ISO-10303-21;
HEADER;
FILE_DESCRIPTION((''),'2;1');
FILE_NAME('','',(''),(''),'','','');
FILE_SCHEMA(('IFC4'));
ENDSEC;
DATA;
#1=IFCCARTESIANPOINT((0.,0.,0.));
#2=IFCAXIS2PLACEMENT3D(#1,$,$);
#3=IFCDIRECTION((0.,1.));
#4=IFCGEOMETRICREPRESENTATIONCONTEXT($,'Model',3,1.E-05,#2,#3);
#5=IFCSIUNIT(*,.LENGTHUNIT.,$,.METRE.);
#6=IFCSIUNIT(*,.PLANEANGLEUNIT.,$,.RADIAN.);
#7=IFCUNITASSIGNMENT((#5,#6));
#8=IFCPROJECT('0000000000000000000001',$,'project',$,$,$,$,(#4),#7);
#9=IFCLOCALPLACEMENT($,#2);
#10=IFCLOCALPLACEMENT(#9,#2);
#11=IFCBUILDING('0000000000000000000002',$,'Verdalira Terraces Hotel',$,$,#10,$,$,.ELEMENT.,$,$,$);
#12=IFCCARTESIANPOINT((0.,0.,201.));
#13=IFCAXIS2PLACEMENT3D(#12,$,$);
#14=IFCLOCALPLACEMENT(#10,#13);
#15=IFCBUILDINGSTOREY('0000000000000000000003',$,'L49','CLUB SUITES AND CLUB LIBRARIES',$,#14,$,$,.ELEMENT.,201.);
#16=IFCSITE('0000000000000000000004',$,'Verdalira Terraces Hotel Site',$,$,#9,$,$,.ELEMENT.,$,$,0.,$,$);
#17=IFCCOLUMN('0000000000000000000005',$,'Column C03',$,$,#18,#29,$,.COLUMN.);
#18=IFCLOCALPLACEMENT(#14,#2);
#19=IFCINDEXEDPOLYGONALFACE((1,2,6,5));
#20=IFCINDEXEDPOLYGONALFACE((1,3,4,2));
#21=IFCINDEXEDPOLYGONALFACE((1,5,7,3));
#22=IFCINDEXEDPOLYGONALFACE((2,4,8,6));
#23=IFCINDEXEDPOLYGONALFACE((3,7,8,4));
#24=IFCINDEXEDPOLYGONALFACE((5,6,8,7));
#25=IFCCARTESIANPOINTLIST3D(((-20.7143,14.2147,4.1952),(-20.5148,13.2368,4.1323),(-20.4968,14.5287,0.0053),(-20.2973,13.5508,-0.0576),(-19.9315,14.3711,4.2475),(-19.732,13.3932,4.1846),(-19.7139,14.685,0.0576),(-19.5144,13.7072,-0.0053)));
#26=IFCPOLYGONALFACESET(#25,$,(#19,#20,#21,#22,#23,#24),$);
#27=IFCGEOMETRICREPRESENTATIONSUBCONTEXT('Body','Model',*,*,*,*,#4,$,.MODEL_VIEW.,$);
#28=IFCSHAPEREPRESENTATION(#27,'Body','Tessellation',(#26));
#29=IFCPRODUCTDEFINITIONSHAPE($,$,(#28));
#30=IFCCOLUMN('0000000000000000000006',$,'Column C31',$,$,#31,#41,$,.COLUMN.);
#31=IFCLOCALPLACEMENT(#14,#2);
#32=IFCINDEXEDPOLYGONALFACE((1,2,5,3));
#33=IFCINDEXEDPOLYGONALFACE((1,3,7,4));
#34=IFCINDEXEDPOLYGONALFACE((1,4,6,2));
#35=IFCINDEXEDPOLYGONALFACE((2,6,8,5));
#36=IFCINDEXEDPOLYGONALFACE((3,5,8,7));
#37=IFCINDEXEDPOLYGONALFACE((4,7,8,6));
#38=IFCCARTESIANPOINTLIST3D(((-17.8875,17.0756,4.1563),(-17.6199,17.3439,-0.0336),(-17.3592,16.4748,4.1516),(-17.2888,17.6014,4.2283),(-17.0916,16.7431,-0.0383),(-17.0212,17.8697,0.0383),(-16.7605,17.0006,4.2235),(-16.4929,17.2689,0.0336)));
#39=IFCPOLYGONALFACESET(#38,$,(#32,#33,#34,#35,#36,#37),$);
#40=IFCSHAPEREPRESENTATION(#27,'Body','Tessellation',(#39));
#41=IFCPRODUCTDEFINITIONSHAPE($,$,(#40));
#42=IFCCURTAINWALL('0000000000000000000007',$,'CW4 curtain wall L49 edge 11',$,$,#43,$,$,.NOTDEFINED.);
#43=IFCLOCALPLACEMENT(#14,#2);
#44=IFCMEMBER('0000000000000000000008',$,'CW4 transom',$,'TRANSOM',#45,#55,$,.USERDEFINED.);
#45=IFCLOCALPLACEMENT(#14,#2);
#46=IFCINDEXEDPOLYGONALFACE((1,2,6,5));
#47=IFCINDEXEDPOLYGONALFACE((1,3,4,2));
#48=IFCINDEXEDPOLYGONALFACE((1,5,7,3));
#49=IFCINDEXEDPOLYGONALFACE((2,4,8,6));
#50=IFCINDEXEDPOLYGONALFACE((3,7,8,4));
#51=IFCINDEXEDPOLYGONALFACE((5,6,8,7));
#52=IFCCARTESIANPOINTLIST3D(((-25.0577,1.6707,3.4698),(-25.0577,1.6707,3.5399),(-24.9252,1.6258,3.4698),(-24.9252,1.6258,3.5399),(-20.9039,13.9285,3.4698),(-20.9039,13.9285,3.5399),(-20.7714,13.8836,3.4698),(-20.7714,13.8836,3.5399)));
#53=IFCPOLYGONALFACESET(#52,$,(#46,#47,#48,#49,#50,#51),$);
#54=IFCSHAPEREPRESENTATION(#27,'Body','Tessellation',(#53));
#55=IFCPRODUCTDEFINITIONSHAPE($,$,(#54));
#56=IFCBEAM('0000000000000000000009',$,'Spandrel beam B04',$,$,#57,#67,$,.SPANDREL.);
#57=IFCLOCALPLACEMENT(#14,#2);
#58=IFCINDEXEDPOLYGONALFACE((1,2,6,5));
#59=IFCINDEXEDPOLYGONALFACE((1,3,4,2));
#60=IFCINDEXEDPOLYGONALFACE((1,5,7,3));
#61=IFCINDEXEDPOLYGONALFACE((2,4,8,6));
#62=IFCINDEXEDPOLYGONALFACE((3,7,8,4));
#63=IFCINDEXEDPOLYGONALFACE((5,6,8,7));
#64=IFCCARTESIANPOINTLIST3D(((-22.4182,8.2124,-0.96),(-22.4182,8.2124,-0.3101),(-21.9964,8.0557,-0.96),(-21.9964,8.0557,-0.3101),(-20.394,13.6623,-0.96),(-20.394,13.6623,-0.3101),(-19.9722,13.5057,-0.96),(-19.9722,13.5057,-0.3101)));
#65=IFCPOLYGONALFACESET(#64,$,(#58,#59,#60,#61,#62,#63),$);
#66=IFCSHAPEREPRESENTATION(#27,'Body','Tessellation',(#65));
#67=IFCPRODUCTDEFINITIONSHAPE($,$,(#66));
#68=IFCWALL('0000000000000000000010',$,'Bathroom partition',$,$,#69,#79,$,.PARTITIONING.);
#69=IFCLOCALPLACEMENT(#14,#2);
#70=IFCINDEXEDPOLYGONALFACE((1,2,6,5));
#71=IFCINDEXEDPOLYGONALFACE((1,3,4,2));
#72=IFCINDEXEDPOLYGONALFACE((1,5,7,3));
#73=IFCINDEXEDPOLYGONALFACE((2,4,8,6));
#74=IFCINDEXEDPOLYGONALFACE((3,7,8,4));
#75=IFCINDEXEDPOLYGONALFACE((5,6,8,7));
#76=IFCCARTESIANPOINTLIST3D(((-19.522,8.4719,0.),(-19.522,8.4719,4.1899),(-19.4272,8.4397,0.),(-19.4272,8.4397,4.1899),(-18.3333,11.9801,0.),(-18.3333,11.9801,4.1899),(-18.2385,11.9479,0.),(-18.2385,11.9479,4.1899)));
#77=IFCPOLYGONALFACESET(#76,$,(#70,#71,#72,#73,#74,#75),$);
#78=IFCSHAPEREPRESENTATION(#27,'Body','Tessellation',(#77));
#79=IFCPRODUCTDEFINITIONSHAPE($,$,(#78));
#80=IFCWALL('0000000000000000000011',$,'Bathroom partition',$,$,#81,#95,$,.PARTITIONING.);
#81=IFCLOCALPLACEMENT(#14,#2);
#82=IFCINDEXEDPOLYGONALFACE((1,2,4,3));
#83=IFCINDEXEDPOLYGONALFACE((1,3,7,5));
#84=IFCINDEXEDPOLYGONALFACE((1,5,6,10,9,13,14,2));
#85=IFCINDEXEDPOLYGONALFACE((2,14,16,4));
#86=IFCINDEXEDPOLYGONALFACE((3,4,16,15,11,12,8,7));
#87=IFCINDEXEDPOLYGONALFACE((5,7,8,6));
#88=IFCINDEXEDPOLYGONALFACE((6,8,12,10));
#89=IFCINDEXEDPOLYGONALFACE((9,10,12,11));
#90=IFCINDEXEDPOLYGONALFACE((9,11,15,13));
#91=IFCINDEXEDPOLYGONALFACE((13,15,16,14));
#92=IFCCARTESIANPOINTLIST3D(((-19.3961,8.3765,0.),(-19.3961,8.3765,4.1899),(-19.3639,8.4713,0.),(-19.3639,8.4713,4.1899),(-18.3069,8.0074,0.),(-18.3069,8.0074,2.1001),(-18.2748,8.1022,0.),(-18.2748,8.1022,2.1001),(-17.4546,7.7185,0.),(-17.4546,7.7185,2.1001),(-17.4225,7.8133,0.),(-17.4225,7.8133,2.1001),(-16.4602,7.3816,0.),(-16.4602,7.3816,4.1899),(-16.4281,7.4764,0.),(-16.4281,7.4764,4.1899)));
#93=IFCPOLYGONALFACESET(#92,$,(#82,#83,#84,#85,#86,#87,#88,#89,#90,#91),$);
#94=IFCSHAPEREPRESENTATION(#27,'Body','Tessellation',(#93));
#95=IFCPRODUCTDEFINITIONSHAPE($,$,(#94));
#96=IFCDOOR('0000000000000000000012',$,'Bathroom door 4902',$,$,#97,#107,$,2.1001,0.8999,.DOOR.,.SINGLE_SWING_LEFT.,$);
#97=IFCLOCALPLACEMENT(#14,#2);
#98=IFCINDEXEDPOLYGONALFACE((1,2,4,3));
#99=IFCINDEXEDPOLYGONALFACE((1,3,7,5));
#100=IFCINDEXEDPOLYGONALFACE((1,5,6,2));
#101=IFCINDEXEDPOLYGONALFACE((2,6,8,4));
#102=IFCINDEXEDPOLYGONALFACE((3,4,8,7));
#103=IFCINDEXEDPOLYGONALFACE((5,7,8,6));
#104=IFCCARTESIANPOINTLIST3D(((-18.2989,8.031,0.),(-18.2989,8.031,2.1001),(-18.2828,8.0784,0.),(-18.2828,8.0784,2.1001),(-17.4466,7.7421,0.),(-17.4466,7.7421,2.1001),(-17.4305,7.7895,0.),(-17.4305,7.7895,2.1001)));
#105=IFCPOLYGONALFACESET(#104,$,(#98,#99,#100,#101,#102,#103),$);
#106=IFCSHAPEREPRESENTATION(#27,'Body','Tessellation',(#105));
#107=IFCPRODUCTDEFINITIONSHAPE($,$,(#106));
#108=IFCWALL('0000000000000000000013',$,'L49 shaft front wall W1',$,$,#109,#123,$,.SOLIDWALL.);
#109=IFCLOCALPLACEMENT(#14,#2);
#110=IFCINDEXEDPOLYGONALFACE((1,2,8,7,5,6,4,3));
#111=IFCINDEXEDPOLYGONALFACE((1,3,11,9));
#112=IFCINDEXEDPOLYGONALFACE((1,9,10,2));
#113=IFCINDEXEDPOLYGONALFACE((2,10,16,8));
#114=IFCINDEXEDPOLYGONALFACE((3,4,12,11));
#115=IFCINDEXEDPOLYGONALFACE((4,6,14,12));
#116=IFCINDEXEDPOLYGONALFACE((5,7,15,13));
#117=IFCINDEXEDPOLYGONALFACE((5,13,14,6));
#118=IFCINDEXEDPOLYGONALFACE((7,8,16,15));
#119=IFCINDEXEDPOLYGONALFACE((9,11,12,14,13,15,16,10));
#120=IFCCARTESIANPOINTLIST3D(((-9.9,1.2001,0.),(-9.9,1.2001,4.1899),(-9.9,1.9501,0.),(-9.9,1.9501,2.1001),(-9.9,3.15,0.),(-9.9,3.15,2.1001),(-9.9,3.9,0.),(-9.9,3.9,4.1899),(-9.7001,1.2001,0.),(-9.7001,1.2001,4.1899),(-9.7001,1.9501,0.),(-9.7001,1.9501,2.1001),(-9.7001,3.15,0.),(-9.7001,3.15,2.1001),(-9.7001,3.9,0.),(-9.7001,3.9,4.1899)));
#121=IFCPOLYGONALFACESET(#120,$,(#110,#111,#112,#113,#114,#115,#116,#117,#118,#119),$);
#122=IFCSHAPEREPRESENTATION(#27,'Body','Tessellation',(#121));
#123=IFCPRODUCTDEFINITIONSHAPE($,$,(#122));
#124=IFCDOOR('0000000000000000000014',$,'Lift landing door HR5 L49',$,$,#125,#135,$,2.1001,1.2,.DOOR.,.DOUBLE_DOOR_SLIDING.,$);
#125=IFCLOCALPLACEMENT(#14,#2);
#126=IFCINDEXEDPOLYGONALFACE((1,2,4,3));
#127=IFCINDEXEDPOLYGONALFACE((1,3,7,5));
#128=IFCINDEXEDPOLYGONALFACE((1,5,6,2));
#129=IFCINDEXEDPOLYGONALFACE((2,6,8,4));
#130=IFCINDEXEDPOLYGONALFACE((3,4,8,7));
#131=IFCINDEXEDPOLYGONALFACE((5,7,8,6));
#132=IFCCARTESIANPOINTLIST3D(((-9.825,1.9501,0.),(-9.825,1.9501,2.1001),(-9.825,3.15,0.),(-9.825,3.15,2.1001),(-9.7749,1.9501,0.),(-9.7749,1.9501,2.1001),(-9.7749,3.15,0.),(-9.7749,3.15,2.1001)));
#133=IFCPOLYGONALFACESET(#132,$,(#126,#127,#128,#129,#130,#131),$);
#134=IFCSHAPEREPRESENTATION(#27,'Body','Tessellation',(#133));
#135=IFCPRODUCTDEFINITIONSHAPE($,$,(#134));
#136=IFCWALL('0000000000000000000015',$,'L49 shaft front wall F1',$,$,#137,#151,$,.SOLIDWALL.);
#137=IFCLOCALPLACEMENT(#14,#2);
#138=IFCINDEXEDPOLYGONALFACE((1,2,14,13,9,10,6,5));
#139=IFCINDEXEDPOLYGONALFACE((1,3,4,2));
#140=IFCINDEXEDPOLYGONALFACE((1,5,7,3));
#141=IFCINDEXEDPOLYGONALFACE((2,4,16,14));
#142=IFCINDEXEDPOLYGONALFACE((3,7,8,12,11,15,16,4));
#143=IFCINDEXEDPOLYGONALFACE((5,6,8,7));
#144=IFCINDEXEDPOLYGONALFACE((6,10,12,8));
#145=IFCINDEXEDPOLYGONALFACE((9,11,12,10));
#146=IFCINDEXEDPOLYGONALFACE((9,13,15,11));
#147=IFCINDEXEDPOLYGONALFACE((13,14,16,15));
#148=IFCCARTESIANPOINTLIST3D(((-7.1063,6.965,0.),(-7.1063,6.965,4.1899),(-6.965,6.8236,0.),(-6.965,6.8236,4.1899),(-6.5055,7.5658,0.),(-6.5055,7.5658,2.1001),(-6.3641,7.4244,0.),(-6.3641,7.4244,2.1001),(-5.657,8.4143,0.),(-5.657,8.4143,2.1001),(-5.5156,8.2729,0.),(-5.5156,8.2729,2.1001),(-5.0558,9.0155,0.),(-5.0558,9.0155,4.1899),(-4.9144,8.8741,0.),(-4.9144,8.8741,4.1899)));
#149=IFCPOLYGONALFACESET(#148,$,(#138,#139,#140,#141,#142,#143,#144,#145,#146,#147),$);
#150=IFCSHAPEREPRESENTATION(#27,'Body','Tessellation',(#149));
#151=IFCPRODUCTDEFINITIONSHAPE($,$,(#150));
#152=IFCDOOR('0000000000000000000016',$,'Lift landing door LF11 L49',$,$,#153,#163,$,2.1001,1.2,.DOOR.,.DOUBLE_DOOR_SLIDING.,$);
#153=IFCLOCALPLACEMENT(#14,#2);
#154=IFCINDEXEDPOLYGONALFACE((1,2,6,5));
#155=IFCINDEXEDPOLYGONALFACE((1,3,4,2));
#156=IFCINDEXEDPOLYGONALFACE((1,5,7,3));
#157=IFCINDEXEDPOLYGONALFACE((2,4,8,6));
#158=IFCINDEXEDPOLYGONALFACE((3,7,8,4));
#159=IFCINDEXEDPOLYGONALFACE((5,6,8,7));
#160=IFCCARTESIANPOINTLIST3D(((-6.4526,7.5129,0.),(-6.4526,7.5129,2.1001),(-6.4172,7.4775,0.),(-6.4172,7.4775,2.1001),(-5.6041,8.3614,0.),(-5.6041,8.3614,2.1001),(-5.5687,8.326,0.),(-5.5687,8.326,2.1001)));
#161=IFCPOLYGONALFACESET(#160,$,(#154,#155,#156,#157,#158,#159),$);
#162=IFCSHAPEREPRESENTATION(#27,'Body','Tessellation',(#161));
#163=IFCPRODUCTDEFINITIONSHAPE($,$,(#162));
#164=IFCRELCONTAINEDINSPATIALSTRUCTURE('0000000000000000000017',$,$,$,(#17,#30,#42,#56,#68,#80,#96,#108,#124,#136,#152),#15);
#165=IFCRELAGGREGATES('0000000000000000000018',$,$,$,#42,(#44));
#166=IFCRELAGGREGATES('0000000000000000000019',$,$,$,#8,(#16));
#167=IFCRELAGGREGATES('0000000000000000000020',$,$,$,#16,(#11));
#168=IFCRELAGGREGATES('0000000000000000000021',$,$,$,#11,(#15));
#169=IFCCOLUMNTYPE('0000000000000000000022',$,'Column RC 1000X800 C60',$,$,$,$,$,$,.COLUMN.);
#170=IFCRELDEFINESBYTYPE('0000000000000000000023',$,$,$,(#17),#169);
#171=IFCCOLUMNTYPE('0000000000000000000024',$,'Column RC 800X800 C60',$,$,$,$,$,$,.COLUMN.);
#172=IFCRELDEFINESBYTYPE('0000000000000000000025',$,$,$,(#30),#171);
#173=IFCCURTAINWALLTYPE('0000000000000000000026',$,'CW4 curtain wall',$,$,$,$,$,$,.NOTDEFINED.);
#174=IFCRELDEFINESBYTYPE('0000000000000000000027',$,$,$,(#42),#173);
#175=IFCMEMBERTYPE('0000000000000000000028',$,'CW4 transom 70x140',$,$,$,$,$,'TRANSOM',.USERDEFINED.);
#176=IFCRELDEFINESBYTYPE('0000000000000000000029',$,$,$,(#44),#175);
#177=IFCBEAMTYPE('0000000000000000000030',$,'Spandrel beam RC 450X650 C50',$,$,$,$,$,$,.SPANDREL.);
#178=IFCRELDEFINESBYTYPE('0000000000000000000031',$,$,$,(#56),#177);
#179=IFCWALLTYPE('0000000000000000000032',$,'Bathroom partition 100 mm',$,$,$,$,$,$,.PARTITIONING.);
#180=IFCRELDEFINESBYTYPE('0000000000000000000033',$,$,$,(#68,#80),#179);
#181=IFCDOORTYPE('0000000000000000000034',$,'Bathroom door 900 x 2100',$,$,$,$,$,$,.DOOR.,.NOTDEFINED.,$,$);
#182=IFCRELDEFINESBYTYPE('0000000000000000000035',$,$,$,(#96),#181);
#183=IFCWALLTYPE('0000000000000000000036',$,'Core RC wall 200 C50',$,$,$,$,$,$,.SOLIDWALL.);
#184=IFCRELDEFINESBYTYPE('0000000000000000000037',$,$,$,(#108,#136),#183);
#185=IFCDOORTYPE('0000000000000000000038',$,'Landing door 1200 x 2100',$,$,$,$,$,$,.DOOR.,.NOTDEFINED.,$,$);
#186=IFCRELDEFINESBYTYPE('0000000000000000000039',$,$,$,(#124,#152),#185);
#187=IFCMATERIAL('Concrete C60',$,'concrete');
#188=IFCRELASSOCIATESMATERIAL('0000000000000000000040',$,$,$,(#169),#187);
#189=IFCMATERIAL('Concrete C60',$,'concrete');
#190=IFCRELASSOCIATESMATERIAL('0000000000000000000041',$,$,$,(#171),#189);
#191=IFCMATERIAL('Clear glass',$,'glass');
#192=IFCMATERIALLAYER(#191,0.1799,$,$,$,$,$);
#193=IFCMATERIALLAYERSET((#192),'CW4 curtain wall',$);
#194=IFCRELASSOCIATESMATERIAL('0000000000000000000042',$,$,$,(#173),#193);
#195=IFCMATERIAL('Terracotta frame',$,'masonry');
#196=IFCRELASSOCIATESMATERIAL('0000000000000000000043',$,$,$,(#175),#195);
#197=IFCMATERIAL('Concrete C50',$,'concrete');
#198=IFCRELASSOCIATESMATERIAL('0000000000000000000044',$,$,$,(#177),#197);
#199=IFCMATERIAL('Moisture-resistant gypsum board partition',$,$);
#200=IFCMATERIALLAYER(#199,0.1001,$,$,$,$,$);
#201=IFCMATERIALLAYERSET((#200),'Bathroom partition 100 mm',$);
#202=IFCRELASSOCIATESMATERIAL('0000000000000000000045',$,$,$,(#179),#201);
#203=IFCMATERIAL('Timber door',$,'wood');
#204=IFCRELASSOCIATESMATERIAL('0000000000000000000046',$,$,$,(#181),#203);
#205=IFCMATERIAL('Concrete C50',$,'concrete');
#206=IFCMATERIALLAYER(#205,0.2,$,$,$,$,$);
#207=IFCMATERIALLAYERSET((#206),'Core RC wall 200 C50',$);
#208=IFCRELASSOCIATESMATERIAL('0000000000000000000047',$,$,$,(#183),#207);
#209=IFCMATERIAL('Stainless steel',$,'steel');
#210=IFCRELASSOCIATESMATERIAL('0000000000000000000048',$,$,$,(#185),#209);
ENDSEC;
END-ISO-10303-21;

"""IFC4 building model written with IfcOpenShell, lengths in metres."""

from ifc_helpers import new_model, si_unit, direction, frame, frame_2d, origin, origin_2d, place, context, subcontext, project, spatial, rectangle, extrude, material, layer, layer_set, material_profile, profile_set, type_object, element, fill, aggregate, save


model = new_model("IFC4")

# Units and contexts
model_context = context("Model", 3, precision=1e-05, world=origin(), true_north=direction((0.0, 1.0)))
body_context = subcontext(model_context, "Body", "Model", "MODEL_VIEW")
ifc_project = project(units=[si_unit("LENGTHUNIT", "METRE"), si_unit("PLANEANGLEUNIT", "RADIAN")], contexts=[model_context])

# Site, building, storey
site_placement = place(None, origin())
site = spatial("IfcSite", under=ifc_project, at=site_placement, Name="Verdalira Terraces Hotel Site", CompositionType="ELEMENT", RefElevation=0.0)
building_placement = place(site_placement, origin())
building = spatial("IfcBuilding", under=site, at=building_placement, Name="Verdalira Terraces Hotel", CompositionType="ELEMENT")
storey_placement = place(building_placement, frame((0.0, 0.0, 201.0)))
storey = spatial("IfcBuildingStorey", under=building, at=storey_placement, Name="L49", Description="CLUB SUITES AND CLUB LIBRARIES", CompositionType="ELEMENT", Elevation=201.0)

# Columns
ifc_material_1 = material(Name="Concrete C60", Category="concrete")
ifc_material_profile_1 = material_profile(ifc_material_1, rectangle(XDim=1.0, YDim=0.8, at=origin_2d()), Name="RC 1000X800")
ifc_profile_set_1 = profile_set([ifc_material_profile_1], Name="Concrete C60")
column_type_1 = type_object("IfcColumnType", Name="Column RC 1000X800 C60", PredefinedType="COLUMN", material=ifc_profile_set_1)
column_1_placement = place(storey_placement, frame((-20.0056, 14.1179, 0.0), z_axis=(-0.051703, -0.074624, 0.995871), x_axis=(-0.199508, 0.977874, 0.062917)))
element("IfcColumn", 1, at=column_1_placement, inside=storey, type_object=column_type_1, Name="Column C03", PredefinedType="COLUMN", context=body_context, shape_type="SweptSolid", body=[
    extrude(rectangle(XDim=1.0, YDim=0.8, at=origin_2d()), origin(), (0.0, 0.0, 1.0), 4.2073),
])
ifc_material_2 = material(Name="Concrete C60", Category="concrete")
ifc_material_profile_2 = material_profile(ifc_material_2, rectangle(XDim=0.8, YDim=0.8, at=origin_2d()), Name="RC 800X800")
ifc_profile_set_2 = profile_set([ifc_material_profile_2], Name="Concrete C60")
column_type_2 = type_object("IfcColumnType", Name="Column RC 800X800 C60", PredefinedType="COLUMN", material=ifc_profile_set_2)
column_2_placement = place(storey_placement, frame((-17.0564, 17.3064, 0.0), z_axis=(-0.063602, -0.063777, 0.995935), x_axis=(-0.660329, 0.750953, 0.005919)))
element("IfcColumn", 2, at=column_2_placement, inside=storey, type_object=column_type_2, Name="Column C31", PredefinedType="COLUMN", context=body_context, shape_type="SweptSolid", body=[
    extrude(rectangle(XDim=0.8, YDim=0.8, at=origin_2d()), origin(), (0.0, 0.0, 1.0), 4.207),
])

# Curtain wall, member
ifc_material_3 = material(Name="Clear glass", Category="glass")
ifc_layer_1 = layer(ifc_material_3, 0.1799)
ifc_layer_set_1 = layer_set([ifc_layer_1], Name="CW4 curtain wall")
curtain_wall_type = type_object("IfcCurtainWallType", Name="CW4 curtain wall", PredefinedType="NOTDEFINED", material=ifc_layer_set_1)
curtain_wall_placement = place(storey_placement, origin())
curtain_wall = element("IfcCurtainWall", 3, at=curtain_wall_placement, inside=storey, type_object=curtain_wall_type, Name="CW4 curtain wall L49 edge 11", PredefinedType="NOTDEFINED")
ifc_material_4 = material(Name="Terracotta frame", Category="masonry")
ifc_material_profile_3 = material_profile(ifc_material_4, rectangle(XDim=0.1399, YDim=0.0701, at=origin_2d()), Name="TR 70x140")
ifc_profile_set_3 = profile_set([ifc_material_profile_3], Name="Terracotta frame")
member_type = type_object("IfcMemberType", Name="CW4 transom 70x140", ElementType="TRANSOM", PredefinedType="USERDEFINED", material=ifc_profile_set_3)
member_placement = place(storey_placement, frame((-20.8376, 13.906, 3.5049), z_axis=(-0.320943, -0.947098, 0.0), x_axis=(0.947098, -0.320943, 0.0)))
member = element("IfcMember", 4, at=member_placement, type_object=member_type, Name="CW4 transom", ObjectType="TRANSOM", PredefinedType="USERDEFINED", context=body_context, shape_type="SweptSolid", body=[
    extrude(rectangle(XDim=0.1399, YDim=0.0701, at=origin_2d()), origin(), (0.0, 0.0, 1.0), 12.9424),
])
aggregate(curtain_wall, [member])

# Beam
ifc_material_5 = material(Name="Concrete C50", Category="concrete")
ifc_material_profile_4 = material_profile(ifc_material_5, rectangle(XDim=0.45, YDim=0.6499, at=origin_2d()), Name="RC 450X650")
ifc_profile_set_4 = profile_set([ifc_material_profile_4], Name="Concrete C50")
beam_type = type_object("IfcBeamType", Name="Spandrel beam RC 450X650 C50", PredefinedType="SPANDREL", material=ifc_profile_set_4)
beam_placement = place(storey_placement, frame((-20.1831, 13.584, -0.635), z_axis=(-0.348172, -0.937431, 0.0), x_axis=(0.937431, -0.348172, 0.0)))
element("IfcBeam", 5, at=beam_placement, inside=storey, type_object=beam_type, Name="Spandrel beam B04", PredefinedType="SPANDREL", context=body_context, shape_type="SweptSolid", body=[
    extrude(rectangle(XDim=0.45, YDim=0.6499, at=origin_2d()), origin(), (0.0, 0.0, 1.0), 5.8137),
])

# Wall
ifc_material_6 = material(Name="Moisture-resistant gypsum board partition")
ifc_layer_2 = layer(ifc_material_6, 0.1001)
ifc_layer_set_2 = layer_set([ifc_layer_2], Name="Bathroom partition 100 mm")
wall_type_1 = type_object("IfcWallType", Name="Bathroom partition 100 mm", PredefinedType="PARTITIONING", material=ifc_layer_set_2)
wall_1_placement = place(storey_placement, frame((-19.4746, 8.4558, 0.0), z_axis=(0.0, 0.0, 1.0), x_axis=(0.32091, 0.94711, 0.0)))
element("IfcWall", 6, at=wall_1_placement, inside=storey, type_object=wall_type_1, Name="Bathroom partition", PredefinedType="PARTITIONING", context=body_context, shape_type="SweptSolid", body=[
    extrude(rectangle(XDim=3.7041, YDim=0.1001, at=frame_2d((1.8521, 0.0))), origin(), (0.0, 0.0, 1.0), 4.1899),
])

# Walls, openings, doors
wall_2_placement = place(storey_placement, frame((-19.3799, 8.4238, 0.0), z_axis=(0.0, 0.0, 1.0), x_axis=(0.947096, -0.320949, 0.0)))
wall_2 = element("IfcWall", 7, at=wall_2_placement, inside=storey, type_object=wall_type_1, Name="Bathroom partition", PredefinedType="PARTITIONING", context=body_context, shape_type="SweptSolid", body=[
    extrude(rectangle(XDim=3.0999, YDim=0.1001, at=frame_2d((1.5498, 0.0))), origin(), (0.0, 0.0, 1.0), 4.1899),
])
opening_1_placement = place(wall_2_placement, frame((1.1499, 0.0, 0.0)))
opening_1 = element("IfcOpeningElement", 8, at=opening_1_placement, cuts=wall_2, PredefinedType="OPENING", context=body_context, shape_type="SweptSolid", body=[
    extrude(rectangle(XDim=0.8999, YDim=2.1001, at=frame_2d((0.45, 1.05))), frame((0.0, 0.0601, 0.0), z_axis=(0.0, -1.0, 0.0), x_axis=(1.0, 0.0, 0.0)), (0.0, 0.0, 1.0), 0.1201),
])
ifc_material_7 = material(Name="Timber door", Category="wood")
door_type_1 = type_object("IfcDoorType", Name="Bathroom door 900 x 2100", OperationType="NOTDEFINED", PredefinedType="DOOR", material=ifc_material_7)
door_1_placement = place(opening_1_placement, origin())
door_1 = element("IfcDoor", 9, at=door_1_placement, inside=storey, type_object=door_type_1, Name="Bathroom door 4902", OperationType="SINGLE_SWING_LEFT", OverallHeight=2.1001, OverallWidth=0.8999, PredefinedType="DOOR", context=body_context, shape_type="SweptSolid", body=[
    extrude(rectangle(XDim=0.8999, YDim=2.1001, at=frame_2d((0.45, 1.05))), frame((0.0, 0.0249, 0.0), z_axis=(0.0, -1.0, 0.0), x_axis=(1.0, 0.0, 0.0)), (0.0, 0.0, 1.0), 0.05),
])
fill(opening_1, door_1)
ifc_material_8 = material(Name="Concrete C50", Category="concrete")
ifc_layer_3 = layer(ifc_material_8, 0.2)
ifc_layer_set_3 = layer_set([ifc_layer_3], Name="Core RC wall 200 C50")
wall_type_2 = type_object("IfcWallType", Name="Core RC wall 200 C50", PredefinedType="SOLIDWALL", material=ifc_layer_set_3)
wall_3_placement = place(storey_placement, frame((-9.8, 1.2, 0.0), z_axis=(0.0, 0.0, 1.0), x_axis=(0.0, 1.0, 0.0)))
wall_3 = element("IfcWall", 10, at=wall_3_placement, inside=storey, type_object=wall_type_2, Name="L49 shaft front wall W1", PredefinedType="SOLIDWALL", context=body_context, shape_type="SweptSolid", body=[
    extrude(rectangle(XDim=2.7, YDim=0.2, at=frame_2d((1.3501, 0.0))), origin(), (0.0, 0.0, 1.0), 4.1899),
])
opening_2_placement = place(wall_3_placement, frame((0.75, 0.0, 0.0)))
opening_2 = element("IfcOpeningElement", 11, at=opening_2_placement, cuts=wall_3, PredefinedType="OPENING", context=body_context, shape_type="SweptSolid", body=[
    extrude(rectangle(XDim=1.2, YDim=2.1001, at=frame_2d((0.6001, 1.05))), frame((0.0, 0.1099, 0.0), z_axis=(0.0, -1.0, 0.0), x_axis=(1.0, 0.0, 0.0)), (0.0, 0.0, 1.0), 0.22),
])
ifc_material_9 = material(Name="Stainless steel", Category="steel")
door_type_2 = type_object("IfcDoorType", Name="Landing door 1200 x 2100", OperationType="NOTDEFINED", PredefinedType="DOOR", material=ifc_material_9)
door_2_placement = place(opening_2_placement, origin())
door_2 = element("IfcDoor", 12, at=door_2_placement, inside=storey, type_object=door_type_2, Name="Lift landing door HR5 L49", OperationType="DOUBLE_DOOR_SLIDING", OverallHeight=2.1001, OverallWidth=1.2, PredefinedType="DOOR", context=body_context, shape_type="SweptSolid", body=[
    extrude(rectangle(XDim=1.2, YDim=2.1001, at=frame_2d((0.6001, 1.05))), frame((0.0, 0.0249, 0.0), z_axis=(0.0, -1.0, 0.0), x_axis=(1.0, 0.0, 0.0)), (0.0, 0.0, 1.0), 0.05),
])
fill(opening_2, door_2)
wall_4_placement = place(storey_placement, frame((-4.9851, 8.9448, 0.0), z_axis=(0.0, 0.0, 1.0), x_axis=(-0.707107, -0.707107, 0.0)))
wall_4 = element("IfcWall", 13, at=wall_4_placement, inside=storey, type_object=wall_type_2, Name="L49 shaft front wall F1", PredefinedType="SOLIDWALL", context=body_context, shape_type="SweptSolid", body=[
    extrude(rectangle(XDim=2.8999, YDim=0.2, at=frame_2d((1.45, 0.0))), origin(), (0.0, 0.0, 1.0), 4.1899),
])
opening_3_placement = place(wall_4_placement, frame((0.8501, 0.0, 0.0)))
opening_3 = element("IfcOpeningElement", 14, at=opening_3_placement, cuts=wall_4, PredefinedType="OPENING", context=body_context, shape_type="SweptSolid", body=[
    extrude(rectangle(XDim=1.2, YDim=2.1001, at=frame_2d((0.6001, 1.05))), frame((0.0, 0.1099, 0.0), z_axis=(0.0, -1.0, 0.0), x_axis=(1.0, 0.0, 0.0)), (0.0, 0.0, 1.0), 0.22),
])
door_3_placement = place(opening_3_placement, origin())
door_3 = element("IfcDoor", 15, at=door_3_placement, inside=storey, type_object=door_type_2, Name="Lift landing door LF11 L49", OperationType="DOUBLE_DOOR_SLIDING", OverallHeight=2.1001, OverallWidth=1.2, PredefinedType="DOOR", context=body_context, shape_type="SweptSolid", body=[
    extrude(rectangle(XDim=1.2, YDim=2.1001, at=frame_2d((0.6001, 1.05))), frame((0.0, 0.0249, 0.0), z_axis=(0.0, -1.0, 0.0), x_axis=(1.0, 0.0, 0.0)), (0.0, 0.0, 1.0), 0.05),
])
fill(opening_3, door_3)

save(model, "model.ifc")
